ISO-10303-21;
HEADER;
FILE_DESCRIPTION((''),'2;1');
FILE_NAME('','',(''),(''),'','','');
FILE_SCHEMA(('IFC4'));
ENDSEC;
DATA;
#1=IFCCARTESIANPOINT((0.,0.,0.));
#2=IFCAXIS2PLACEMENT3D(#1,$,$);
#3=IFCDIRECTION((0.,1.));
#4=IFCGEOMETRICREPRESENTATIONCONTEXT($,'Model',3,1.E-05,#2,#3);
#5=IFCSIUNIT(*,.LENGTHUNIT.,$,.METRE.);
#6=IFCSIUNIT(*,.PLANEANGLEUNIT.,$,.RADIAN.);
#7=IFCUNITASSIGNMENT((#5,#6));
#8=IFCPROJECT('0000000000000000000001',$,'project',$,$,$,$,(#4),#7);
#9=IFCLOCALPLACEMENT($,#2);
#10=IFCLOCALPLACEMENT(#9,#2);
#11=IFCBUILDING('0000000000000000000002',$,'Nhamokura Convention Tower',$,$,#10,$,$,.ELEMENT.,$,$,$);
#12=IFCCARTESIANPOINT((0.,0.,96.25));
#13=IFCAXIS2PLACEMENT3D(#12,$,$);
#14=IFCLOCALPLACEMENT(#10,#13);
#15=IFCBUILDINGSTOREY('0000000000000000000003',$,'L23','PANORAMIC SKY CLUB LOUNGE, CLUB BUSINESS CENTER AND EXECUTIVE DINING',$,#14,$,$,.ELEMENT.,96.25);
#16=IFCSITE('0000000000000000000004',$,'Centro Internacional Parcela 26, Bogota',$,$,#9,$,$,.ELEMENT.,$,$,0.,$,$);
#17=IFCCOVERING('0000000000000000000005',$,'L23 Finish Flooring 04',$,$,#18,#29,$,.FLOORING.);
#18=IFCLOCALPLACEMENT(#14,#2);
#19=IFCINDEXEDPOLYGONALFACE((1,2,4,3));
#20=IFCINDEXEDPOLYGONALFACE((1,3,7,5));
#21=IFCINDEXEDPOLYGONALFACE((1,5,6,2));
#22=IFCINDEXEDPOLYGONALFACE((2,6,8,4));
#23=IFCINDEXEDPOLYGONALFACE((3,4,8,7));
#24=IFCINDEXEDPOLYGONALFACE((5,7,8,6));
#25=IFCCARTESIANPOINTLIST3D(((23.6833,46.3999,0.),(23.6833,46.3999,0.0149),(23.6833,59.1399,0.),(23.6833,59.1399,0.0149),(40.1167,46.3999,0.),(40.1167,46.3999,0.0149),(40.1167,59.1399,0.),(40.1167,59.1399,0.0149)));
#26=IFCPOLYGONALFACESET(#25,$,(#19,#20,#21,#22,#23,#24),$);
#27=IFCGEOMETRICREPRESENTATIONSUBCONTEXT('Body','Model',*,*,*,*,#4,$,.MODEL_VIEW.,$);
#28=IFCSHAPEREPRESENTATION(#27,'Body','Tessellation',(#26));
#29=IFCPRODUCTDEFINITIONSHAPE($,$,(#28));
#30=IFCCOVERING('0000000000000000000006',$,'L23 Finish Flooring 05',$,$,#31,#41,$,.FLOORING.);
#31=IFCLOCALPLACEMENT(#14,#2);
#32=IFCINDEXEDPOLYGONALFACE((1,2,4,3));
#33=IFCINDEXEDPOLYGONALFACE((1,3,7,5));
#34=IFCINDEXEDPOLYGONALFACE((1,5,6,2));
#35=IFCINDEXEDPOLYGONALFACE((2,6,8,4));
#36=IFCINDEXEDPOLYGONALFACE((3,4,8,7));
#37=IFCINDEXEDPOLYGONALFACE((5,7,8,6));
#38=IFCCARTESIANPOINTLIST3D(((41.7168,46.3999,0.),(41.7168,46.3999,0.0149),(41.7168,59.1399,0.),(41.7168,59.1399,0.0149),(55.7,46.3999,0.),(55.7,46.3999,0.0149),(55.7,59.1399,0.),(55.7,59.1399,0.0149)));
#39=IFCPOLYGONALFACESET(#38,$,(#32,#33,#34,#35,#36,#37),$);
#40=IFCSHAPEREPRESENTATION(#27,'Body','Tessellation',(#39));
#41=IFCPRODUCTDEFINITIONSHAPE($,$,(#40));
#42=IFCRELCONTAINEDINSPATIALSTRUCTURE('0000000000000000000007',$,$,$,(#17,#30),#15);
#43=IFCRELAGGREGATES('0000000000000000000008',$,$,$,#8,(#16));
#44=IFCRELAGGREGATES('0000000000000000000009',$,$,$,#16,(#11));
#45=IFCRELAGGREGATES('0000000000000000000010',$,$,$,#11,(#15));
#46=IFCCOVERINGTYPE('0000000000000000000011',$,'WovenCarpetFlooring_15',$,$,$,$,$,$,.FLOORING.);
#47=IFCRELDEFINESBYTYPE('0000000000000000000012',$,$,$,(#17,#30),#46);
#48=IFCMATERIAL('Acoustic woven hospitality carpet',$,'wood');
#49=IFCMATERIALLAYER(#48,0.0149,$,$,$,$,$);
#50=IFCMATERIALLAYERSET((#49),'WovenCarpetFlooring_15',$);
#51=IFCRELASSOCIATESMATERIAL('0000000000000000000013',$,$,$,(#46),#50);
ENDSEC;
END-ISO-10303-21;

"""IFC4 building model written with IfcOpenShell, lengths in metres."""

from ifc_helpers import new_model, si_unit, direction, frame, origin, place, context, subcontext, project, spatial, polyline, outline, extrude, material, layer, layer_set, type_object, element, save


model = new_model("IFC4")

# Units and contexts
model_context = context("Model", 3, precision=1e-05, world=origin(), true_north=direction((0.0, 1.0)))
body_context = subcontext(model_context, "Body", "Model", "MODEL_VIEW")
ifc_project = project(units=[si_unit("LENGTHUNIT", "METRE"), si_unit("PLANEANGLEUNIT", "RADIAN")], contexts=[model_context])

# Site, building, storey
site_placement = place(None, origin())
site = spatial("IfcSite", under=ifc_project, at=site_placement, Name="Centro Internacional Parcela 26, Bogota", CompositionType="ELEMENT", RefElevation=0.0)
building_placement = place(site_placement, origin())
building = spatial("IfcBuilding", under=site, at=building_placement, Name="Nhamokura Convention Tower", CompositionType="ELEMENT")
storey_placement = place(building_placement, frame((0.0, 0.0, 96.25)))
storey = spatial("IfcBuildingStorey", under=building, at=storey_placement, Name="L23", Description="PANORAMIC SKY CLUB LOUNGE, CLUB BUSINESS CENTER AND EXECUTIVE DINING", CompositionType="ELEMENT", Elevation=96.25)

# Coverings
ifc_material_1 = material(Name="Acoustic woven hospitality carpet", Category="wood")
ifc_layer_1 = layer(ifc_material_1, 0.0149)
ifc_layer_set_1 = layer_set([ifc_layer_1], Name="WovenCarpetFlooring_15")
covering_type_1 = type_object("IfcCoveringType", Name="WovenCarpetFlooring_15", PredefinedType="FLOORING", material=ifc_layer_set_1)
covering_1_placement = place(storey_placement, origin())
element("IfcCovering", 1, at=covering_1_placement, inside=storey, type_object=covering_type_1, Name="L23 Finish Flooring 04", PredefinedType="FLOORING", context=body_context, shape_type="SweptSolid", body=[
    extrude(outline(polyline([(23.6833, 46.3999), (40.1167, 46.3999), (40.1167, 59.1399), (23.6833, 59.1399), (23.6833, 46.3999)])), origin(), (0.0, 0.0, 1.0), 0.0149),
])
covering_2_placement = place(storey_placement, origin())
element("IfcCovering", 2, at=covering_2_placement, inside=storey, type_object=covering_type_1, Name="L23 Finish Flooring 05", PredefinedType="FLOORING", context=body_context, shape_type="SweptSolid", body=[
    extrude(outline(polyline([(41.7168, 46.3999), (55.7, 46.3999), (55.7, 59.1399), (41.7168, 59.1399), (41.7168, 46.3999)])), origin(), (0.0, 0.0, 1.0), 0.0149),
])

save(model, "model.ifc")
